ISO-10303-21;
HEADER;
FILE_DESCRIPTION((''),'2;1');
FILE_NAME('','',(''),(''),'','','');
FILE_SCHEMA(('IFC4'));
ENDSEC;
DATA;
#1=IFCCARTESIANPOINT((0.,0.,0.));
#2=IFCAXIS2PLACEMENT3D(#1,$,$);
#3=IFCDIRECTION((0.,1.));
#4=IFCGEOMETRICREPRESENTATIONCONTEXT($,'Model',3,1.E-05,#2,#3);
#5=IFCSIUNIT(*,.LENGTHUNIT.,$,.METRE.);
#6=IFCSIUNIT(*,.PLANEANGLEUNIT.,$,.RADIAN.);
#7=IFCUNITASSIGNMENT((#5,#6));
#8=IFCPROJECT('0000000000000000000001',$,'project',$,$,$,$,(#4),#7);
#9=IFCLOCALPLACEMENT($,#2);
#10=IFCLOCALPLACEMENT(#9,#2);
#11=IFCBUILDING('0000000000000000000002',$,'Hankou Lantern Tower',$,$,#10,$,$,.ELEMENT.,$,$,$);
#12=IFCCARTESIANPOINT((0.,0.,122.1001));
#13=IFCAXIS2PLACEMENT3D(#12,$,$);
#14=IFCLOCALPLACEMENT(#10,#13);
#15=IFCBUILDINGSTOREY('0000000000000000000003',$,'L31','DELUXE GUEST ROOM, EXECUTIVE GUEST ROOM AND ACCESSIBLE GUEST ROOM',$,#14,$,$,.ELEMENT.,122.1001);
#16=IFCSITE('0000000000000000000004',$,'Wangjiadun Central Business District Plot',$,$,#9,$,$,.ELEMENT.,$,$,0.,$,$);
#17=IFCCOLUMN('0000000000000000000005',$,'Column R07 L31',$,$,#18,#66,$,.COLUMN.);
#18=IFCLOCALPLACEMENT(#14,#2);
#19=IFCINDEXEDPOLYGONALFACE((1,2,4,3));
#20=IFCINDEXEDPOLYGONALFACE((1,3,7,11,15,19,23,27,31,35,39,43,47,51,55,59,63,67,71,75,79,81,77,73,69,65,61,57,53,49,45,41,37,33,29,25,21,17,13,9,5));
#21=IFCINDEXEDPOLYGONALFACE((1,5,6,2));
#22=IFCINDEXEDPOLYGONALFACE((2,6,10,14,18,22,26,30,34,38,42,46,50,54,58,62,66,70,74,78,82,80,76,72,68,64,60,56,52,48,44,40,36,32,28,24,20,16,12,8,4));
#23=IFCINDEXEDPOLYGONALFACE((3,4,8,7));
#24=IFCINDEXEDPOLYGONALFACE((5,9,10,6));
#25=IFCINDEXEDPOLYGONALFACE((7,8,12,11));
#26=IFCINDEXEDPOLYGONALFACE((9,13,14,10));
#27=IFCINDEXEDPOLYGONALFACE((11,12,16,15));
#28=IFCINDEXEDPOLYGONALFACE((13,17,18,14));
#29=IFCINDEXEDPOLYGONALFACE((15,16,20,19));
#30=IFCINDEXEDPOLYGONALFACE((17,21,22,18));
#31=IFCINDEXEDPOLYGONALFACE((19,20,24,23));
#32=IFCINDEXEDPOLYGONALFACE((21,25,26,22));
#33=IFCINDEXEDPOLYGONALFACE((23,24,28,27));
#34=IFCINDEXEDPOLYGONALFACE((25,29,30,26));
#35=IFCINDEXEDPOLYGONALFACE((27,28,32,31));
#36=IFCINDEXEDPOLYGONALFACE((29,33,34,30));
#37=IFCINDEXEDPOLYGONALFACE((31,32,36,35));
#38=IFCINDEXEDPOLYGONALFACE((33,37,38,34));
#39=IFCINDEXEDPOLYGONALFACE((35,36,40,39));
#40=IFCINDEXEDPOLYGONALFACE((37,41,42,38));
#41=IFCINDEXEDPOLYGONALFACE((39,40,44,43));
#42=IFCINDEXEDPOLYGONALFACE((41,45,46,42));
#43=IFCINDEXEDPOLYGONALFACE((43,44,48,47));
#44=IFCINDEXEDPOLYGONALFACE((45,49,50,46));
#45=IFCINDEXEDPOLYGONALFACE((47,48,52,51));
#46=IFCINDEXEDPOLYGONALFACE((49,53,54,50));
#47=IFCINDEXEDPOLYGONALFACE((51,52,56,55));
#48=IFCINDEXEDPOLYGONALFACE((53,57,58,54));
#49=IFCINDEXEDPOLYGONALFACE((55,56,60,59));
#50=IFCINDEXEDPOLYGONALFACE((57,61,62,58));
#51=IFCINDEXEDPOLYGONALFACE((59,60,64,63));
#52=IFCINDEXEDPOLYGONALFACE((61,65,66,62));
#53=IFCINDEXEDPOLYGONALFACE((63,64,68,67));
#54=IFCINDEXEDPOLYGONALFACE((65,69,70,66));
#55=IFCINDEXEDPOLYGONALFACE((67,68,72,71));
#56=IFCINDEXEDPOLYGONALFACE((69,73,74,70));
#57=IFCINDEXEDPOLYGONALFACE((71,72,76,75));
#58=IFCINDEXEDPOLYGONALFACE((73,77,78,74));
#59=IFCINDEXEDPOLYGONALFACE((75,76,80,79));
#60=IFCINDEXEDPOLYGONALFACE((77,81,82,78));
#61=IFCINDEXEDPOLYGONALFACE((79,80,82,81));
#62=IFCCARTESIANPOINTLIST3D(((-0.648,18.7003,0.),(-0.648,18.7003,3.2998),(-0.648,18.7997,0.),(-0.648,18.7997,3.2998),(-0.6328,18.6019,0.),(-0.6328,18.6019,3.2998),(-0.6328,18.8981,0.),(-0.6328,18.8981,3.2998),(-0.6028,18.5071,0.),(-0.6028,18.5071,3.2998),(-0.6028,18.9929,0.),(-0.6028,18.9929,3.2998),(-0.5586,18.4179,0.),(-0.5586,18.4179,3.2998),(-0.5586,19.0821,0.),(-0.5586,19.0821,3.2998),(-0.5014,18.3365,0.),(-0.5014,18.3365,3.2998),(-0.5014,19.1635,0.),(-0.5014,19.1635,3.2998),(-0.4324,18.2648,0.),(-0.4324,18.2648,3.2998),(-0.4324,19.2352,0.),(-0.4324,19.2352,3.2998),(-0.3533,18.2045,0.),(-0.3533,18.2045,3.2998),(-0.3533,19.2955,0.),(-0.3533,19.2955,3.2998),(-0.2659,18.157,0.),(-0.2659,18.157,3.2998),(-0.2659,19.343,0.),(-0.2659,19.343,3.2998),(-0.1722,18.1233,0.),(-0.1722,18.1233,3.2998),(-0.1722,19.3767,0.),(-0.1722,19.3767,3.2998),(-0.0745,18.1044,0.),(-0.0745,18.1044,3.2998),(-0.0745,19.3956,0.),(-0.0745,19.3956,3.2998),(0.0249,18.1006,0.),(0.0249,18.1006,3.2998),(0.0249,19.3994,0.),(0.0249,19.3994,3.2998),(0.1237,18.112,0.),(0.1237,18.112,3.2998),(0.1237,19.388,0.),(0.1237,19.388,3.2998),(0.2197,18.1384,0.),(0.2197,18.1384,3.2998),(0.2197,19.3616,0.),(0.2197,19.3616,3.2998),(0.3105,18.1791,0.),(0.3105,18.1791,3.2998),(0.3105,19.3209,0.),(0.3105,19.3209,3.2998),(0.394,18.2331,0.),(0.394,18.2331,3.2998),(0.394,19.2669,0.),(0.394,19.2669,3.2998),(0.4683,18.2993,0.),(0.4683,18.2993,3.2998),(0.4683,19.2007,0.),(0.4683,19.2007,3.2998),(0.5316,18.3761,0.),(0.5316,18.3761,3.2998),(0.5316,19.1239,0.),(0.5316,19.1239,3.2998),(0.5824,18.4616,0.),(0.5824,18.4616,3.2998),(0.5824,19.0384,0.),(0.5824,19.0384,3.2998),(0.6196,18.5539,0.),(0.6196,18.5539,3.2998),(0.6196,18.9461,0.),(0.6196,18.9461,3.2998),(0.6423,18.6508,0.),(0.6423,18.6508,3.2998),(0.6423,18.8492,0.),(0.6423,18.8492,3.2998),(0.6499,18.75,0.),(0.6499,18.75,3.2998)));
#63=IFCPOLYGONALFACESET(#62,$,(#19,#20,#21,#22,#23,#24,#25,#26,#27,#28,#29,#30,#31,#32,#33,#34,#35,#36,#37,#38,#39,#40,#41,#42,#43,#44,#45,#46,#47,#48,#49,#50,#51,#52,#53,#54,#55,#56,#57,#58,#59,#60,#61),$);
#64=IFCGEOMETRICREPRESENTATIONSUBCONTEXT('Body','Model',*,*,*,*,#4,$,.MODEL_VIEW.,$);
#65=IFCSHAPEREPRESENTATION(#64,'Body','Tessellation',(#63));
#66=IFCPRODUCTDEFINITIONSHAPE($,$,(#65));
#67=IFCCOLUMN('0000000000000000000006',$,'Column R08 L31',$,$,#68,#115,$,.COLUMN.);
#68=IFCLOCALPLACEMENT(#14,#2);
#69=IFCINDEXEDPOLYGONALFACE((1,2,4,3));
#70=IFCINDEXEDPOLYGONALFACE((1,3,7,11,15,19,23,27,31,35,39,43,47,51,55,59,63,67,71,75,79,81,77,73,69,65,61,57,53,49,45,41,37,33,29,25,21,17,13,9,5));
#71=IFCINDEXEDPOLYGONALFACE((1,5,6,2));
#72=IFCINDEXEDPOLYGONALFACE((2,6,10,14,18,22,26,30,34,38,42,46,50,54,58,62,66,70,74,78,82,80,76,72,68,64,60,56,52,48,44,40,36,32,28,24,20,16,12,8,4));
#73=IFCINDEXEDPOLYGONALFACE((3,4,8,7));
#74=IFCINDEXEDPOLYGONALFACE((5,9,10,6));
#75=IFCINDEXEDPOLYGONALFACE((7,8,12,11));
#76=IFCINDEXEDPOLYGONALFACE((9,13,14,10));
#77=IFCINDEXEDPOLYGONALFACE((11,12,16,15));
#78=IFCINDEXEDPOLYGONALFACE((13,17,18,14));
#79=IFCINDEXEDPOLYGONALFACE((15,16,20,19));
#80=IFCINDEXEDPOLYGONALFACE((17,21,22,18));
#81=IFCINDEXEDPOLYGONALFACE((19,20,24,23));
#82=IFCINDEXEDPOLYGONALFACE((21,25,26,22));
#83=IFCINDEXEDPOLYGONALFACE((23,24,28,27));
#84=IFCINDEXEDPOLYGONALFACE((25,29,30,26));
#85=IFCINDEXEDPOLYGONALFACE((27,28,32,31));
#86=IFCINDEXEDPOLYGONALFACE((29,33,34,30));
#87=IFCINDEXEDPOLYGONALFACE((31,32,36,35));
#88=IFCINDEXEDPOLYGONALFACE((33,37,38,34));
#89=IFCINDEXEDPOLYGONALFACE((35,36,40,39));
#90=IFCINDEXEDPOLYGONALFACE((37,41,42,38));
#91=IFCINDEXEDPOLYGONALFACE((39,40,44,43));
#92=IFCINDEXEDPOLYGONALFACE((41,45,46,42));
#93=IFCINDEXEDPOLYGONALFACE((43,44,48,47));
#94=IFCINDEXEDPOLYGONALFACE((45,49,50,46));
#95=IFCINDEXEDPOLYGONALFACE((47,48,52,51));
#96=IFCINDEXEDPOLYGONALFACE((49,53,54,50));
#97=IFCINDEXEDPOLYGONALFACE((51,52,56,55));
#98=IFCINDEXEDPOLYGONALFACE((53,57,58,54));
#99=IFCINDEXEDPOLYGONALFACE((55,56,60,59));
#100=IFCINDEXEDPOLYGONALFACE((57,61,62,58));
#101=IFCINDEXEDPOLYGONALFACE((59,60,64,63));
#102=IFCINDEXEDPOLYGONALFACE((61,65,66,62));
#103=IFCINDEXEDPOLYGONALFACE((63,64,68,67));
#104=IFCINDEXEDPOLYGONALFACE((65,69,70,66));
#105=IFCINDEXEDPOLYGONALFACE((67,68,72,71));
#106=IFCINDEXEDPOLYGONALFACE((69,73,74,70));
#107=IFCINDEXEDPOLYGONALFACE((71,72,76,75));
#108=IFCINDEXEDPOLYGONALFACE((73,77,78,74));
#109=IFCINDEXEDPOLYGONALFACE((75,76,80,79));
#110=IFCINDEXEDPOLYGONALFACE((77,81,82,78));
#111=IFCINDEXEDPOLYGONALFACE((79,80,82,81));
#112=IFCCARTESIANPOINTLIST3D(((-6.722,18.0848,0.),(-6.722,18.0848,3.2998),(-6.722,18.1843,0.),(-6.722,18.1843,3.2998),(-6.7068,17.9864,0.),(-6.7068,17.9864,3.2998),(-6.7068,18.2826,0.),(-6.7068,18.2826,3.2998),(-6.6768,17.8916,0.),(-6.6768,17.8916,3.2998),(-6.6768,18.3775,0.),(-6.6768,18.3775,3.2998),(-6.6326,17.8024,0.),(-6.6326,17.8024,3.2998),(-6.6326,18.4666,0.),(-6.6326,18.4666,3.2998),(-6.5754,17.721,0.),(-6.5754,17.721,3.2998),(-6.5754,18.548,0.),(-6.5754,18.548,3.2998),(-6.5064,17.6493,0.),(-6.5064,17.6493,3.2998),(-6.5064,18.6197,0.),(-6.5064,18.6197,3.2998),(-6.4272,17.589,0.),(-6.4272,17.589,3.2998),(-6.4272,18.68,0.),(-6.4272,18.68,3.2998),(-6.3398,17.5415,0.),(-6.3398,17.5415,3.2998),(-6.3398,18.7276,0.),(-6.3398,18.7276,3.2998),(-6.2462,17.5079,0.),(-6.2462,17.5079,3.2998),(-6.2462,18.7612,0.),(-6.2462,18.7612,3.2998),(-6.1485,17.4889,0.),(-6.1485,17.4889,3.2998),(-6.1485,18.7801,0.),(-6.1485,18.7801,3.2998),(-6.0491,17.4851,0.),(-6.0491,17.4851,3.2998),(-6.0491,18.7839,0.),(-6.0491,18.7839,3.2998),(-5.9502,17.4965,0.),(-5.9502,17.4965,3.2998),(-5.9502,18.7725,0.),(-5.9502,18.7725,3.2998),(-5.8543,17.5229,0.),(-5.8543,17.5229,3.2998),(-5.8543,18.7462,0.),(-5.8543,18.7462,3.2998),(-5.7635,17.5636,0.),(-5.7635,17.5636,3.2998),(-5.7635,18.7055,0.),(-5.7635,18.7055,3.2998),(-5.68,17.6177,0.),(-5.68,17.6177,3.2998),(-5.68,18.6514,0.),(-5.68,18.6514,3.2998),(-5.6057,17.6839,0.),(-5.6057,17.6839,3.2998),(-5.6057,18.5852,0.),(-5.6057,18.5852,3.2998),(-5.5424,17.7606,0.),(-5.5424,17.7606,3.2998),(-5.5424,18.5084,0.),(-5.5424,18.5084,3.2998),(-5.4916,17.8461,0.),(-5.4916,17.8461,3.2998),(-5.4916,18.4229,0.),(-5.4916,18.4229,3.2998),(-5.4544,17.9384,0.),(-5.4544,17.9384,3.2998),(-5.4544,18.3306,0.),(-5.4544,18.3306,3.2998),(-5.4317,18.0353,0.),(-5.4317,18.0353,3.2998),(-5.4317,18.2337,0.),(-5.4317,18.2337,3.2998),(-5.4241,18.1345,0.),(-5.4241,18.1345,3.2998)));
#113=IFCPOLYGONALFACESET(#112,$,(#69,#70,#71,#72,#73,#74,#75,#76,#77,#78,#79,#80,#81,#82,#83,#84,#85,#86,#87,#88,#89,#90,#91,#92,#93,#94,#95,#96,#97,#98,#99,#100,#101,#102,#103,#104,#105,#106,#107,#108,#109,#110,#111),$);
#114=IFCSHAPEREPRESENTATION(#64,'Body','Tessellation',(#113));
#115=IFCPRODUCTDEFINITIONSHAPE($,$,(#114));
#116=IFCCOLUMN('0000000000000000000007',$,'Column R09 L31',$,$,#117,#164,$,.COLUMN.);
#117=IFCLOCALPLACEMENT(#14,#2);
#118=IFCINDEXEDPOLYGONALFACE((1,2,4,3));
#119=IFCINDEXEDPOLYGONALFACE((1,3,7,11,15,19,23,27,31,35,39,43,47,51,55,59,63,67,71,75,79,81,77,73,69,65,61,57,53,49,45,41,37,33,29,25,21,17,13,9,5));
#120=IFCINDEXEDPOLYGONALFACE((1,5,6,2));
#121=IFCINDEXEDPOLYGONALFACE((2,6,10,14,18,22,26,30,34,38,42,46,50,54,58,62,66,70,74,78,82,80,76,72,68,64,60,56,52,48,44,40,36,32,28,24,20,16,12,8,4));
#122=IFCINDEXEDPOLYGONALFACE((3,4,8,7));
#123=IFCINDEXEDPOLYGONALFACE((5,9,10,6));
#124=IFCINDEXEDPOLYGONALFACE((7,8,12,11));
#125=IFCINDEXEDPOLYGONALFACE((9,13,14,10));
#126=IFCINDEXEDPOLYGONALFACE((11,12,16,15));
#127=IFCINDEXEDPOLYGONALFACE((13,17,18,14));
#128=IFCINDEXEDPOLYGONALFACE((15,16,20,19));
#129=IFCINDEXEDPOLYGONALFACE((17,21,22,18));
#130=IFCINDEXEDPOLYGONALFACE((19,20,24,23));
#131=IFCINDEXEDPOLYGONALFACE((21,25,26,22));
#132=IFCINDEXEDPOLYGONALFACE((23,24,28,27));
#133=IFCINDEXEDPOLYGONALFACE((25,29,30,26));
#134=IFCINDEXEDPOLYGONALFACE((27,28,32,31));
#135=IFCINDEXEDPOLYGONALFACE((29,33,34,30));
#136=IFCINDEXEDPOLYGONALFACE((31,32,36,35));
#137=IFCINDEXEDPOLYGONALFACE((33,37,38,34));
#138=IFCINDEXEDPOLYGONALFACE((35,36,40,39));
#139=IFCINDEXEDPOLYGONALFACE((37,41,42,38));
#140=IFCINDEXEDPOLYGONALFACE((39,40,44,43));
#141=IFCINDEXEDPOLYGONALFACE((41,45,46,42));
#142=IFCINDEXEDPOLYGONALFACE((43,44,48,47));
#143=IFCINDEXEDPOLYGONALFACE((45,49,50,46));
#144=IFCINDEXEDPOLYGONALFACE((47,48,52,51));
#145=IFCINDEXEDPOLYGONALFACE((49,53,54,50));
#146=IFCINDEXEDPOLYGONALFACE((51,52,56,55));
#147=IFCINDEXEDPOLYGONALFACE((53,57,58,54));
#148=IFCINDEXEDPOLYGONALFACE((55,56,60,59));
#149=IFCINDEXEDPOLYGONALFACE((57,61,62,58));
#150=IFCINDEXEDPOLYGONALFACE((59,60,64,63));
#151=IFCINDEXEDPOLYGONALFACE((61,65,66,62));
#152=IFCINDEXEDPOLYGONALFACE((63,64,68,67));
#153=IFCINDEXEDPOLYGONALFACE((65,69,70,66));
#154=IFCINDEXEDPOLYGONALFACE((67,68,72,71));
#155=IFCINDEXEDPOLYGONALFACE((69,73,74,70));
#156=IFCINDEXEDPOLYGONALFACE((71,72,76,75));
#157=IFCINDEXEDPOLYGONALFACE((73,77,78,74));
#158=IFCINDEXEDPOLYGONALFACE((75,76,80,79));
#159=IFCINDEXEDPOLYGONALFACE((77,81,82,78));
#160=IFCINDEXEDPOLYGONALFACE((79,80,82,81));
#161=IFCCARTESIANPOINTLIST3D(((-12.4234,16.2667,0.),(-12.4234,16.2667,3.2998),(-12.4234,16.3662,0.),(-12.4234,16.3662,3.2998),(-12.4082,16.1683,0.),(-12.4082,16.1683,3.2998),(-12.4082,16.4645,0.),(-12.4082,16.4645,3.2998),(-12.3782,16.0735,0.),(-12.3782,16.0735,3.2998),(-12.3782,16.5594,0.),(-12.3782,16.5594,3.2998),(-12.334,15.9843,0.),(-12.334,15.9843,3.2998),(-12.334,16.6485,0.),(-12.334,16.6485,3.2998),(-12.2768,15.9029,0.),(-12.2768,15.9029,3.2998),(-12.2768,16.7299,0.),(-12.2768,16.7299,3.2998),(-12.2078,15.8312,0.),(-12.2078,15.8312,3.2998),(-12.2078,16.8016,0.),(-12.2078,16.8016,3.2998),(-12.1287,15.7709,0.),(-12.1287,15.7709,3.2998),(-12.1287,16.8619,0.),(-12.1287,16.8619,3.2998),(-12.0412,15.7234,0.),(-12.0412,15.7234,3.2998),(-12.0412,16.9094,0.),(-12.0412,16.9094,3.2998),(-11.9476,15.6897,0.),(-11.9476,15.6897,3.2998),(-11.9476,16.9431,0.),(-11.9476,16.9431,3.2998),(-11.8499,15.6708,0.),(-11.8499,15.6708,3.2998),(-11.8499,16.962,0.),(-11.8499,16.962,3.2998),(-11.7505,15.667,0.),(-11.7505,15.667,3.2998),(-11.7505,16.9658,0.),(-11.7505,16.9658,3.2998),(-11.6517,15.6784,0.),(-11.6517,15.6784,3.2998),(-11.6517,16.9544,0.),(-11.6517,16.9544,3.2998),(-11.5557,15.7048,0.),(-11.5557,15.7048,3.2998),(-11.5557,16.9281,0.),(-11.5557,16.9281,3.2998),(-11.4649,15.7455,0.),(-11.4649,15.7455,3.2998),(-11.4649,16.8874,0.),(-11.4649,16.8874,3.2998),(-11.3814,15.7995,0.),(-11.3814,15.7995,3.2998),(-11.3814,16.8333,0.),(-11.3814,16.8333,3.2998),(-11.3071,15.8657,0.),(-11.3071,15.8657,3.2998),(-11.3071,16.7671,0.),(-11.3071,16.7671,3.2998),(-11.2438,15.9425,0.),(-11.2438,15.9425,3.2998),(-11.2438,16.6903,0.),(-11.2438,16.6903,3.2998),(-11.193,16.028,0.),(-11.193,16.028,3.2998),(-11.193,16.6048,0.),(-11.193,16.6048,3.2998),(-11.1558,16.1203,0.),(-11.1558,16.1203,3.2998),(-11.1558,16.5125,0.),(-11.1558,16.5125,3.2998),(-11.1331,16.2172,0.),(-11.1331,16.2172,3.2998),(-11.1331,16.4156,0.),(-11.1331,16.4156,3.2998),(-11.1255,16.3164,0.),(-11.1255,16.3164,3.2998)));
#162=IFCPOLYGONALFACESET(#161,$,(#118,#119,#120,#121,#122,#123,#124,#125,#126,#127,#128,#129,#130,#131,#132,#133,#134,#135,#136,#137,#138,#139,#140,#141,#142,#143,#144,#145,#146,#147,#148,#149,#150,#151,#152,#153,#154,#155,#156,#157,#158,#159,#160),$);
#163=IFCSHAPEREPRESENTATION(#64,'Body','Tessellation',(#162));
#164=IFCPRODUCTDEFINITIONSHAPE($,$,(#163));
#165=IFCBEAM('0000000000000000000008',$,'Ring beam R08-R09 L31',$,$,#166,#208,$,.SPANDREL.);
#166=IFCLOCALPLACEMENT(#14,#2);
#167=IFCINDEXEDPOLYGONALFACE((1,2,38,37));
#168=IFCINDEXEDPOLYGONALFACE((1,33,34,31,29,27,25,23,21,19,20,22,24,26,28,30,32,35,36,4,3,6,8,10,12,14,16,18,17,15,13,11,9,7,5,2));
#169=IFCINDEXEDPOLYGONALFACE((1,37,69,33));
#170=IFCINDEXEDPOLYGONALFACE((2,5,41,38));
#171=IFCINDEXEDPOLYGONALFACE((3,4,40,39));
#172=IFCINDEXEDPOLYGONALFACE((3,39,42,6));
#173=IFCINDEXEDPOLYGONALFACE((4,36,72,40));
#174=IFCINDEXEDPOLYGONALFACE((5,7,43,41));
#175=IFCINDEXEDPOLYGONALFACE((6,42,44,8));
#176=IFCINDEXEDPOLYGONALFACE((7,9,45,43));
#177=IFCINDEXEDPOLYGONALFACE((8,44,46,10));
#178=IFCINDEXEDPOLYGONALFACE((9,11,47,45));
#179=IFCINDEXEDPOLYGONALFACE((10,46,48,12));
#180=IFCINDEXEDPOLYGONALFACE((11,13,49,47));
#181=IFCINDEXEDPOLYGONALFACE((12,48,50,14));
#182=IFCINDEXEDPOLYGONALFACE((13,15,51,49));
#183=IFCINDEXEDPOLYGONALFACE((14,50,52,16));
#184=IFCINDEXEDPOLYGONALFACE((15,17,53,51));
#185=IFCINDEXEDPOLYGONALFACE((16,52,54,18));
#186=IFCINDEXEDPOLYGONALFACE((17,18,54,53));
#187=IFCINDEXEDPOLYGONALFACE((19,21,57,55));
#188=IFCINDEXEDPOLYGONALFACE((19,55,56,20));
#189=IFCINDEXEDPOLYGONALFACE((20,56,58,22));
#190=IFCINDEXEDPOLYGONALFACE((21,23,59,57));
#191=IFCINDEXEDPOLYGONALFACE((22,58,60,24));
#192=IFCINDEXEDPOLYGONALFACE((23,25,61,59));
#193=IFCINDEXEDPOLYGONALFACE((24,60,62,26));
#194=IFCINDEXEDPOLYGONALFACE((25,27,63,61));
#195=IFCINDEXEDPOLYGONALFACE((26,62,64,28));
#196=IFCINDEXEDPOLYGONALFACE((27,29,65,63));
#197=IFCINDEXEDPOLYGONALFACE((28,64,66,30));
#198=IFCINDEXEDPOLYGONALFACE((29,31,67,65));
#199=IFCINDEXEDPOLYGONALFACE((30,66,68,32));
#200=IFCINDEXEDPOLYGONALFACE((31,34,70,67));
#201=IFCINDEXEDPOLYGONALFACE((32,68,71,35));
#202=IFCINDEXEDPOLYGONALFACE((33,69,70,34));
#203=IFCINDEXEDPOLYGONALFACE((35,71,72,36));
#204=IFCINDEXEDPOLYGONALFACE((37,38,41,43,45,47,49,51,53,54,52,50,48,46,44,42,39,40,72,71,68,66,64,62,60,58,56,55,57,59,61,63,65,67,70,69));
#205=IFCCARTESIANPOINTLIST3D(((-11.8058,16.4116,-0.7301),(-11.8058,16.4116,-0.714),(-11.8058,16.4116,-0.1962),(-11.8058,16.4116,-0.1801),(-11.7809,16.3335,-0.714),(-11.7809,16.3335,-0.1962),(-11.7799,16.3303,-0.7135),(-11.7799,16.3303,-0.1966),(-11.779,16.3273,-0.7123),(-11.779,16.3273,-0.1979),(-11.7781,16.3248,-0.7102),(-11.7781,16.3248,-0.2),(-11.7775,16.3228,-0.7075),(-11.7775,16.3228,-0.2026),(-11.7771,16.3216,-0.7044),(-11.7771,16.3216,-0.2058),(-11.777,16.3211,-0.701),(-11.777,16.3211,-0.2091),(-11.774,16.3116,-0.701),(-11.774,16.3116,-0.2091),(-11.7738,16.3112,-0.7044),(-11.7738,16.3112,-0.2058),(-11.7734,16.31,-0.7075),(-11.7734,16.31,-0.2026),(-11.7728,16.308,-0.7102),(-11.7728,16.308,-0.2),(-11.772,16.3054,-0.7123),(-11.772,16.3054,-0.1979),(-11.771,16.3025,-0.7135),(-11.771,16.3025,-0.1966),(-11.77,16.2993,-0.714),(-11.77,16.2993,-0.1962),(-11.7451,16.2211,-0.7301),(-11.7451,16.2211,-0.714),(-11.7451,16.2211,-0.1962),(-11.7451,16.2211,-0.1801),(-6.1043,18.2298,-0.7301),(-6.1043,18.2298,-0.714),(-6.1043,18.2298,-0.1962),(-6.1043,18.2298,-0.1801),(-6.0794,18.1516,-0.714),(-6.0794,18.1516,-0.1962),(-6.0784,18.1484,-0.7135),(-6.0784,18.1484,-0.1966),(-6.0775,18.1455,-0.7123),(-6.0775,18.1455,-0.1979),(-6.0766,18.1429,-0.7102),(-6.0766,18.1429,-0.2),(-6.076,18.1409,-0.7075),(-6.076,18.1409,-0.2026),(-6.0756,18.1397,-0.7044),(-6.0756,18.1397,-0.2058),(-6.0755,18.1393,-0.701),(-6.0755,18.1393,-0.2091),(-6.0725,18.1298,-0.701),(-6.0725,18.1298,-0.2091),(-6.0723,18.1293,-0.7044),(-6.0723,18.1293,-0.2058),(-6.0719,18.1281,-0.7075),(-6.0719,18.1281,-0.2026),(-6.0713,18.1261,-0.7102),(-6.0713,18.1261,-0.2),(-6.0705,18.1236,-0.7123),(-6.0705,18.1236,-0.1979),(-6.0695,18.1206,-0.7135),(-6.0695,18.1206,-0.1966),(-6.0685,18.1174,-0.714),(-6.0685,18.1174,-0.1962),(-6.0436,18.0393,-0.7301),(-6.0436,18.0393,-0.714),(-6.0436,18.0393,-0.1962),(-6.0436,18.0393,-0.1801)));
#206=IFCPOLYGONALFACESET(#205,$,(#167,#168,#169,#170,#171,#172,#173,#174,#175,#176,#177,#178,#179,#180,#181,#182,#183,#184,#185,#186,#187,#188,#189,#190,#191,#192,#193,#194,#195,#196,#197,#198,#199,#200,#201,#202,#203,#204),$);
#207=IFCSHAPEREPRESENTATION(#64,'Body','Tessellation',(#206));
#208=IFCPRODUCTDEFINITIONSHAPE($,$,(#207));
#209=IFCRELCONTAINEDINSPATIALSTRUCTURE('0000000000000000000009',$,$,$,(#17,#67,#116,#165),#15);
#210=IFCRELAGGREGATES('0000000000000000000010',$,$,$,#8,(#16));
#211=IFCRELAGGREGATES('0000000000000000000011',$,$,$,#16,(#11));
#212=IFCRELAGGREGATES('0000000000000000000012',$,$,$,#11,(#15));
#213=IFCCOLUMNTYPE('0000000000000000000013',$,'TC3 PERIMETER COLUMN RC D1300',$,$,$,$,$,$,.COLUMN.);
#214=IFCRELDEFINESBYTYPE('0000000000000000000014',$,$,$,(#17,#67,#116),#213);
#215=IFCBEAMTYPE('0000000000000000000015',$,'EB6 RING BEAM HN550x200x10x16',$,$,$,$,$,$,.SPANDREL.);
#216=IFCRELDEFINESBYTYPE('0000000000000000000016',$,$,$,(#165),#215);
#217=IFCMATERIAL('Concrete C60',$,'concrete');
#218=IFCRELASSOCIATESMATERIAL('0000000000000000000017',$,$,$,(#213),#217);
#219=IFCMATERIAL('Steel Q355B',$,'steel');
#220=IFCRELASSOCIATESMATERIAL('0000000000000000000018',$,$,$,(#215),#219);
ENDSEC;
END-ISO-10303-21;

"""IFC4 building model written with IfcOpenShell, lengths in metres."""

from ifc_helpers import new_model, si_unit, direction, frame, origin, origin_2d, place, context, subcontext, project, spatial, circle, i_section, extrude, material, material_profile, profile_set, type_object, element, save


model = new_model("IFC4")

# Units and contexts
model_context = context("Model", 3, precision=1e-05, world=origin(), true_north=direction((0.0, 1.0)))
body_context = subcontext(model_context, "Body", "Model", "MODEL_VIEW")
ifc_project = project(units=[si_unit("LENGTHUNIT", "METRE"), si_unit("PLANEANGLEUNIT", "RADIAN")], contexts=[model_context])

# Site, building, storey
site_placement = place(None, origin())
site = spatial("IfcSite", under=ifc_project, at=site_placement, Name="Wangjiadun Central Business District Plot", CompositionType="ELEMENT", RefElevation=0.0)
building_placement = place(site_placement, origin())
building = spatial("IfcBuilding", under=site, at=building_placement, Name="Hankou Lantern Tower", CompositionType="ELEMENT")
storey_placement = place(building_placement, frame((0.0, 0.0, 122.1001)))
storey = spatial("IfcBuildingStorey", under=building, at=storey_placement, Name="L31", Description="DELUXE GUEST ROOM, EXECUTIVE GUEST ROOM AND ACCESSIBLE GUEST ROOM", CompositionType="ELEMENT", Elevation=122.1001)

# Columns
ifc_material_1 = material(Name="Concrete C60", Category="concrete")
ifc_material_profile_1 = material_profile(ifc_material_1, circle(Radius=0.6499, at=origin_2d()), Name="RC D1300")
ifc_profile_set_1 = profile_set([ifc_material_profile_1], Name="Concrete C60")
column_type = type_object("IfcColumnType", Name="TC3 PERIMETER COLUMN RC D1300", PredefinedType="COLUMN", material=ifc_profile_set_1)
for number, where, z_axis, x_axis, name in (
    (1, (0.0, 18.75, 0.0), (0.0, 0.0, 1.0), (1.0, 0.0, 0.0), "Column R07 L31"),
    (2, (-6.074, 18.1345, 0.0), (0.0, 0.0, 1.0), (1.0, 0.0, 0.0), "Column R08 L31"),
    (3, (-11.7754, 16.3164, 0.0), (0.0, 0.0, 1.0), (1.0, 0.0, 0.0), "Column R09 L31"),
):
    element("IfcColumn", number, at=place(storey_placement, frame(where, z_axis=z_axis, x_axis=x_axis)), inside=storey, type_object=column_type, Name=name, PredefinedType="COLUMN", context=body_context, shape_type="SweptSolid", body=[
        extrude(circle(Radius=0.6499, at=origin_2d()), origin(), (0.0, 0.0, 1.0), 3.2998),
    ])

# Beam
ifc_material_2 = material(Name="Steel Q355B", Category="steel")
ifc_material_profile_2 = material_profile(ifc_material_2, i_section(OverallWidth=0.2, OverallDepth=0.55, WebThickness=0.01, FlangeThickness=0.0161, FilletRadius=0.0129, at=origin_2d()), Name="HN550x200x10x16")
ifc_profile_set_2 = profile_set([ifc_material_profile_2], Name="Steel Q355B")
beam_type_1 = type_object("IfcBeamType", Name="EB6 RING BEAM HN550x200x10x16", PredefinedType="SPANDREL", material=ifc_profile_set_2)
beam_1_placement = place(storey_placement, frame((-6.074, 18.1345, -0.4551), z_axis=(-0.952731, -0.303815, 0.0), x_axis=(0.303815, -0.952731, 0.0)))
element("IfcBeam", 4, at=beam_1_placement, inside=storey, type_object=beam_type_1, Name="Ring beam R08-R09 L31", PredefinedType="SPANDREL", context=body_context, shape_type="SweptSolid", body=[
    extrude(i_section(OverallWidth=0.2, OverallDepth=0.55, WebThickness=0.01, FlangeThickness=0.0161, FilletRadius=0.0129, at=origin_2d()), origin(), (0.0, 0.0, 1.0), 5.9844),
])

save(model, "model.ifc")
